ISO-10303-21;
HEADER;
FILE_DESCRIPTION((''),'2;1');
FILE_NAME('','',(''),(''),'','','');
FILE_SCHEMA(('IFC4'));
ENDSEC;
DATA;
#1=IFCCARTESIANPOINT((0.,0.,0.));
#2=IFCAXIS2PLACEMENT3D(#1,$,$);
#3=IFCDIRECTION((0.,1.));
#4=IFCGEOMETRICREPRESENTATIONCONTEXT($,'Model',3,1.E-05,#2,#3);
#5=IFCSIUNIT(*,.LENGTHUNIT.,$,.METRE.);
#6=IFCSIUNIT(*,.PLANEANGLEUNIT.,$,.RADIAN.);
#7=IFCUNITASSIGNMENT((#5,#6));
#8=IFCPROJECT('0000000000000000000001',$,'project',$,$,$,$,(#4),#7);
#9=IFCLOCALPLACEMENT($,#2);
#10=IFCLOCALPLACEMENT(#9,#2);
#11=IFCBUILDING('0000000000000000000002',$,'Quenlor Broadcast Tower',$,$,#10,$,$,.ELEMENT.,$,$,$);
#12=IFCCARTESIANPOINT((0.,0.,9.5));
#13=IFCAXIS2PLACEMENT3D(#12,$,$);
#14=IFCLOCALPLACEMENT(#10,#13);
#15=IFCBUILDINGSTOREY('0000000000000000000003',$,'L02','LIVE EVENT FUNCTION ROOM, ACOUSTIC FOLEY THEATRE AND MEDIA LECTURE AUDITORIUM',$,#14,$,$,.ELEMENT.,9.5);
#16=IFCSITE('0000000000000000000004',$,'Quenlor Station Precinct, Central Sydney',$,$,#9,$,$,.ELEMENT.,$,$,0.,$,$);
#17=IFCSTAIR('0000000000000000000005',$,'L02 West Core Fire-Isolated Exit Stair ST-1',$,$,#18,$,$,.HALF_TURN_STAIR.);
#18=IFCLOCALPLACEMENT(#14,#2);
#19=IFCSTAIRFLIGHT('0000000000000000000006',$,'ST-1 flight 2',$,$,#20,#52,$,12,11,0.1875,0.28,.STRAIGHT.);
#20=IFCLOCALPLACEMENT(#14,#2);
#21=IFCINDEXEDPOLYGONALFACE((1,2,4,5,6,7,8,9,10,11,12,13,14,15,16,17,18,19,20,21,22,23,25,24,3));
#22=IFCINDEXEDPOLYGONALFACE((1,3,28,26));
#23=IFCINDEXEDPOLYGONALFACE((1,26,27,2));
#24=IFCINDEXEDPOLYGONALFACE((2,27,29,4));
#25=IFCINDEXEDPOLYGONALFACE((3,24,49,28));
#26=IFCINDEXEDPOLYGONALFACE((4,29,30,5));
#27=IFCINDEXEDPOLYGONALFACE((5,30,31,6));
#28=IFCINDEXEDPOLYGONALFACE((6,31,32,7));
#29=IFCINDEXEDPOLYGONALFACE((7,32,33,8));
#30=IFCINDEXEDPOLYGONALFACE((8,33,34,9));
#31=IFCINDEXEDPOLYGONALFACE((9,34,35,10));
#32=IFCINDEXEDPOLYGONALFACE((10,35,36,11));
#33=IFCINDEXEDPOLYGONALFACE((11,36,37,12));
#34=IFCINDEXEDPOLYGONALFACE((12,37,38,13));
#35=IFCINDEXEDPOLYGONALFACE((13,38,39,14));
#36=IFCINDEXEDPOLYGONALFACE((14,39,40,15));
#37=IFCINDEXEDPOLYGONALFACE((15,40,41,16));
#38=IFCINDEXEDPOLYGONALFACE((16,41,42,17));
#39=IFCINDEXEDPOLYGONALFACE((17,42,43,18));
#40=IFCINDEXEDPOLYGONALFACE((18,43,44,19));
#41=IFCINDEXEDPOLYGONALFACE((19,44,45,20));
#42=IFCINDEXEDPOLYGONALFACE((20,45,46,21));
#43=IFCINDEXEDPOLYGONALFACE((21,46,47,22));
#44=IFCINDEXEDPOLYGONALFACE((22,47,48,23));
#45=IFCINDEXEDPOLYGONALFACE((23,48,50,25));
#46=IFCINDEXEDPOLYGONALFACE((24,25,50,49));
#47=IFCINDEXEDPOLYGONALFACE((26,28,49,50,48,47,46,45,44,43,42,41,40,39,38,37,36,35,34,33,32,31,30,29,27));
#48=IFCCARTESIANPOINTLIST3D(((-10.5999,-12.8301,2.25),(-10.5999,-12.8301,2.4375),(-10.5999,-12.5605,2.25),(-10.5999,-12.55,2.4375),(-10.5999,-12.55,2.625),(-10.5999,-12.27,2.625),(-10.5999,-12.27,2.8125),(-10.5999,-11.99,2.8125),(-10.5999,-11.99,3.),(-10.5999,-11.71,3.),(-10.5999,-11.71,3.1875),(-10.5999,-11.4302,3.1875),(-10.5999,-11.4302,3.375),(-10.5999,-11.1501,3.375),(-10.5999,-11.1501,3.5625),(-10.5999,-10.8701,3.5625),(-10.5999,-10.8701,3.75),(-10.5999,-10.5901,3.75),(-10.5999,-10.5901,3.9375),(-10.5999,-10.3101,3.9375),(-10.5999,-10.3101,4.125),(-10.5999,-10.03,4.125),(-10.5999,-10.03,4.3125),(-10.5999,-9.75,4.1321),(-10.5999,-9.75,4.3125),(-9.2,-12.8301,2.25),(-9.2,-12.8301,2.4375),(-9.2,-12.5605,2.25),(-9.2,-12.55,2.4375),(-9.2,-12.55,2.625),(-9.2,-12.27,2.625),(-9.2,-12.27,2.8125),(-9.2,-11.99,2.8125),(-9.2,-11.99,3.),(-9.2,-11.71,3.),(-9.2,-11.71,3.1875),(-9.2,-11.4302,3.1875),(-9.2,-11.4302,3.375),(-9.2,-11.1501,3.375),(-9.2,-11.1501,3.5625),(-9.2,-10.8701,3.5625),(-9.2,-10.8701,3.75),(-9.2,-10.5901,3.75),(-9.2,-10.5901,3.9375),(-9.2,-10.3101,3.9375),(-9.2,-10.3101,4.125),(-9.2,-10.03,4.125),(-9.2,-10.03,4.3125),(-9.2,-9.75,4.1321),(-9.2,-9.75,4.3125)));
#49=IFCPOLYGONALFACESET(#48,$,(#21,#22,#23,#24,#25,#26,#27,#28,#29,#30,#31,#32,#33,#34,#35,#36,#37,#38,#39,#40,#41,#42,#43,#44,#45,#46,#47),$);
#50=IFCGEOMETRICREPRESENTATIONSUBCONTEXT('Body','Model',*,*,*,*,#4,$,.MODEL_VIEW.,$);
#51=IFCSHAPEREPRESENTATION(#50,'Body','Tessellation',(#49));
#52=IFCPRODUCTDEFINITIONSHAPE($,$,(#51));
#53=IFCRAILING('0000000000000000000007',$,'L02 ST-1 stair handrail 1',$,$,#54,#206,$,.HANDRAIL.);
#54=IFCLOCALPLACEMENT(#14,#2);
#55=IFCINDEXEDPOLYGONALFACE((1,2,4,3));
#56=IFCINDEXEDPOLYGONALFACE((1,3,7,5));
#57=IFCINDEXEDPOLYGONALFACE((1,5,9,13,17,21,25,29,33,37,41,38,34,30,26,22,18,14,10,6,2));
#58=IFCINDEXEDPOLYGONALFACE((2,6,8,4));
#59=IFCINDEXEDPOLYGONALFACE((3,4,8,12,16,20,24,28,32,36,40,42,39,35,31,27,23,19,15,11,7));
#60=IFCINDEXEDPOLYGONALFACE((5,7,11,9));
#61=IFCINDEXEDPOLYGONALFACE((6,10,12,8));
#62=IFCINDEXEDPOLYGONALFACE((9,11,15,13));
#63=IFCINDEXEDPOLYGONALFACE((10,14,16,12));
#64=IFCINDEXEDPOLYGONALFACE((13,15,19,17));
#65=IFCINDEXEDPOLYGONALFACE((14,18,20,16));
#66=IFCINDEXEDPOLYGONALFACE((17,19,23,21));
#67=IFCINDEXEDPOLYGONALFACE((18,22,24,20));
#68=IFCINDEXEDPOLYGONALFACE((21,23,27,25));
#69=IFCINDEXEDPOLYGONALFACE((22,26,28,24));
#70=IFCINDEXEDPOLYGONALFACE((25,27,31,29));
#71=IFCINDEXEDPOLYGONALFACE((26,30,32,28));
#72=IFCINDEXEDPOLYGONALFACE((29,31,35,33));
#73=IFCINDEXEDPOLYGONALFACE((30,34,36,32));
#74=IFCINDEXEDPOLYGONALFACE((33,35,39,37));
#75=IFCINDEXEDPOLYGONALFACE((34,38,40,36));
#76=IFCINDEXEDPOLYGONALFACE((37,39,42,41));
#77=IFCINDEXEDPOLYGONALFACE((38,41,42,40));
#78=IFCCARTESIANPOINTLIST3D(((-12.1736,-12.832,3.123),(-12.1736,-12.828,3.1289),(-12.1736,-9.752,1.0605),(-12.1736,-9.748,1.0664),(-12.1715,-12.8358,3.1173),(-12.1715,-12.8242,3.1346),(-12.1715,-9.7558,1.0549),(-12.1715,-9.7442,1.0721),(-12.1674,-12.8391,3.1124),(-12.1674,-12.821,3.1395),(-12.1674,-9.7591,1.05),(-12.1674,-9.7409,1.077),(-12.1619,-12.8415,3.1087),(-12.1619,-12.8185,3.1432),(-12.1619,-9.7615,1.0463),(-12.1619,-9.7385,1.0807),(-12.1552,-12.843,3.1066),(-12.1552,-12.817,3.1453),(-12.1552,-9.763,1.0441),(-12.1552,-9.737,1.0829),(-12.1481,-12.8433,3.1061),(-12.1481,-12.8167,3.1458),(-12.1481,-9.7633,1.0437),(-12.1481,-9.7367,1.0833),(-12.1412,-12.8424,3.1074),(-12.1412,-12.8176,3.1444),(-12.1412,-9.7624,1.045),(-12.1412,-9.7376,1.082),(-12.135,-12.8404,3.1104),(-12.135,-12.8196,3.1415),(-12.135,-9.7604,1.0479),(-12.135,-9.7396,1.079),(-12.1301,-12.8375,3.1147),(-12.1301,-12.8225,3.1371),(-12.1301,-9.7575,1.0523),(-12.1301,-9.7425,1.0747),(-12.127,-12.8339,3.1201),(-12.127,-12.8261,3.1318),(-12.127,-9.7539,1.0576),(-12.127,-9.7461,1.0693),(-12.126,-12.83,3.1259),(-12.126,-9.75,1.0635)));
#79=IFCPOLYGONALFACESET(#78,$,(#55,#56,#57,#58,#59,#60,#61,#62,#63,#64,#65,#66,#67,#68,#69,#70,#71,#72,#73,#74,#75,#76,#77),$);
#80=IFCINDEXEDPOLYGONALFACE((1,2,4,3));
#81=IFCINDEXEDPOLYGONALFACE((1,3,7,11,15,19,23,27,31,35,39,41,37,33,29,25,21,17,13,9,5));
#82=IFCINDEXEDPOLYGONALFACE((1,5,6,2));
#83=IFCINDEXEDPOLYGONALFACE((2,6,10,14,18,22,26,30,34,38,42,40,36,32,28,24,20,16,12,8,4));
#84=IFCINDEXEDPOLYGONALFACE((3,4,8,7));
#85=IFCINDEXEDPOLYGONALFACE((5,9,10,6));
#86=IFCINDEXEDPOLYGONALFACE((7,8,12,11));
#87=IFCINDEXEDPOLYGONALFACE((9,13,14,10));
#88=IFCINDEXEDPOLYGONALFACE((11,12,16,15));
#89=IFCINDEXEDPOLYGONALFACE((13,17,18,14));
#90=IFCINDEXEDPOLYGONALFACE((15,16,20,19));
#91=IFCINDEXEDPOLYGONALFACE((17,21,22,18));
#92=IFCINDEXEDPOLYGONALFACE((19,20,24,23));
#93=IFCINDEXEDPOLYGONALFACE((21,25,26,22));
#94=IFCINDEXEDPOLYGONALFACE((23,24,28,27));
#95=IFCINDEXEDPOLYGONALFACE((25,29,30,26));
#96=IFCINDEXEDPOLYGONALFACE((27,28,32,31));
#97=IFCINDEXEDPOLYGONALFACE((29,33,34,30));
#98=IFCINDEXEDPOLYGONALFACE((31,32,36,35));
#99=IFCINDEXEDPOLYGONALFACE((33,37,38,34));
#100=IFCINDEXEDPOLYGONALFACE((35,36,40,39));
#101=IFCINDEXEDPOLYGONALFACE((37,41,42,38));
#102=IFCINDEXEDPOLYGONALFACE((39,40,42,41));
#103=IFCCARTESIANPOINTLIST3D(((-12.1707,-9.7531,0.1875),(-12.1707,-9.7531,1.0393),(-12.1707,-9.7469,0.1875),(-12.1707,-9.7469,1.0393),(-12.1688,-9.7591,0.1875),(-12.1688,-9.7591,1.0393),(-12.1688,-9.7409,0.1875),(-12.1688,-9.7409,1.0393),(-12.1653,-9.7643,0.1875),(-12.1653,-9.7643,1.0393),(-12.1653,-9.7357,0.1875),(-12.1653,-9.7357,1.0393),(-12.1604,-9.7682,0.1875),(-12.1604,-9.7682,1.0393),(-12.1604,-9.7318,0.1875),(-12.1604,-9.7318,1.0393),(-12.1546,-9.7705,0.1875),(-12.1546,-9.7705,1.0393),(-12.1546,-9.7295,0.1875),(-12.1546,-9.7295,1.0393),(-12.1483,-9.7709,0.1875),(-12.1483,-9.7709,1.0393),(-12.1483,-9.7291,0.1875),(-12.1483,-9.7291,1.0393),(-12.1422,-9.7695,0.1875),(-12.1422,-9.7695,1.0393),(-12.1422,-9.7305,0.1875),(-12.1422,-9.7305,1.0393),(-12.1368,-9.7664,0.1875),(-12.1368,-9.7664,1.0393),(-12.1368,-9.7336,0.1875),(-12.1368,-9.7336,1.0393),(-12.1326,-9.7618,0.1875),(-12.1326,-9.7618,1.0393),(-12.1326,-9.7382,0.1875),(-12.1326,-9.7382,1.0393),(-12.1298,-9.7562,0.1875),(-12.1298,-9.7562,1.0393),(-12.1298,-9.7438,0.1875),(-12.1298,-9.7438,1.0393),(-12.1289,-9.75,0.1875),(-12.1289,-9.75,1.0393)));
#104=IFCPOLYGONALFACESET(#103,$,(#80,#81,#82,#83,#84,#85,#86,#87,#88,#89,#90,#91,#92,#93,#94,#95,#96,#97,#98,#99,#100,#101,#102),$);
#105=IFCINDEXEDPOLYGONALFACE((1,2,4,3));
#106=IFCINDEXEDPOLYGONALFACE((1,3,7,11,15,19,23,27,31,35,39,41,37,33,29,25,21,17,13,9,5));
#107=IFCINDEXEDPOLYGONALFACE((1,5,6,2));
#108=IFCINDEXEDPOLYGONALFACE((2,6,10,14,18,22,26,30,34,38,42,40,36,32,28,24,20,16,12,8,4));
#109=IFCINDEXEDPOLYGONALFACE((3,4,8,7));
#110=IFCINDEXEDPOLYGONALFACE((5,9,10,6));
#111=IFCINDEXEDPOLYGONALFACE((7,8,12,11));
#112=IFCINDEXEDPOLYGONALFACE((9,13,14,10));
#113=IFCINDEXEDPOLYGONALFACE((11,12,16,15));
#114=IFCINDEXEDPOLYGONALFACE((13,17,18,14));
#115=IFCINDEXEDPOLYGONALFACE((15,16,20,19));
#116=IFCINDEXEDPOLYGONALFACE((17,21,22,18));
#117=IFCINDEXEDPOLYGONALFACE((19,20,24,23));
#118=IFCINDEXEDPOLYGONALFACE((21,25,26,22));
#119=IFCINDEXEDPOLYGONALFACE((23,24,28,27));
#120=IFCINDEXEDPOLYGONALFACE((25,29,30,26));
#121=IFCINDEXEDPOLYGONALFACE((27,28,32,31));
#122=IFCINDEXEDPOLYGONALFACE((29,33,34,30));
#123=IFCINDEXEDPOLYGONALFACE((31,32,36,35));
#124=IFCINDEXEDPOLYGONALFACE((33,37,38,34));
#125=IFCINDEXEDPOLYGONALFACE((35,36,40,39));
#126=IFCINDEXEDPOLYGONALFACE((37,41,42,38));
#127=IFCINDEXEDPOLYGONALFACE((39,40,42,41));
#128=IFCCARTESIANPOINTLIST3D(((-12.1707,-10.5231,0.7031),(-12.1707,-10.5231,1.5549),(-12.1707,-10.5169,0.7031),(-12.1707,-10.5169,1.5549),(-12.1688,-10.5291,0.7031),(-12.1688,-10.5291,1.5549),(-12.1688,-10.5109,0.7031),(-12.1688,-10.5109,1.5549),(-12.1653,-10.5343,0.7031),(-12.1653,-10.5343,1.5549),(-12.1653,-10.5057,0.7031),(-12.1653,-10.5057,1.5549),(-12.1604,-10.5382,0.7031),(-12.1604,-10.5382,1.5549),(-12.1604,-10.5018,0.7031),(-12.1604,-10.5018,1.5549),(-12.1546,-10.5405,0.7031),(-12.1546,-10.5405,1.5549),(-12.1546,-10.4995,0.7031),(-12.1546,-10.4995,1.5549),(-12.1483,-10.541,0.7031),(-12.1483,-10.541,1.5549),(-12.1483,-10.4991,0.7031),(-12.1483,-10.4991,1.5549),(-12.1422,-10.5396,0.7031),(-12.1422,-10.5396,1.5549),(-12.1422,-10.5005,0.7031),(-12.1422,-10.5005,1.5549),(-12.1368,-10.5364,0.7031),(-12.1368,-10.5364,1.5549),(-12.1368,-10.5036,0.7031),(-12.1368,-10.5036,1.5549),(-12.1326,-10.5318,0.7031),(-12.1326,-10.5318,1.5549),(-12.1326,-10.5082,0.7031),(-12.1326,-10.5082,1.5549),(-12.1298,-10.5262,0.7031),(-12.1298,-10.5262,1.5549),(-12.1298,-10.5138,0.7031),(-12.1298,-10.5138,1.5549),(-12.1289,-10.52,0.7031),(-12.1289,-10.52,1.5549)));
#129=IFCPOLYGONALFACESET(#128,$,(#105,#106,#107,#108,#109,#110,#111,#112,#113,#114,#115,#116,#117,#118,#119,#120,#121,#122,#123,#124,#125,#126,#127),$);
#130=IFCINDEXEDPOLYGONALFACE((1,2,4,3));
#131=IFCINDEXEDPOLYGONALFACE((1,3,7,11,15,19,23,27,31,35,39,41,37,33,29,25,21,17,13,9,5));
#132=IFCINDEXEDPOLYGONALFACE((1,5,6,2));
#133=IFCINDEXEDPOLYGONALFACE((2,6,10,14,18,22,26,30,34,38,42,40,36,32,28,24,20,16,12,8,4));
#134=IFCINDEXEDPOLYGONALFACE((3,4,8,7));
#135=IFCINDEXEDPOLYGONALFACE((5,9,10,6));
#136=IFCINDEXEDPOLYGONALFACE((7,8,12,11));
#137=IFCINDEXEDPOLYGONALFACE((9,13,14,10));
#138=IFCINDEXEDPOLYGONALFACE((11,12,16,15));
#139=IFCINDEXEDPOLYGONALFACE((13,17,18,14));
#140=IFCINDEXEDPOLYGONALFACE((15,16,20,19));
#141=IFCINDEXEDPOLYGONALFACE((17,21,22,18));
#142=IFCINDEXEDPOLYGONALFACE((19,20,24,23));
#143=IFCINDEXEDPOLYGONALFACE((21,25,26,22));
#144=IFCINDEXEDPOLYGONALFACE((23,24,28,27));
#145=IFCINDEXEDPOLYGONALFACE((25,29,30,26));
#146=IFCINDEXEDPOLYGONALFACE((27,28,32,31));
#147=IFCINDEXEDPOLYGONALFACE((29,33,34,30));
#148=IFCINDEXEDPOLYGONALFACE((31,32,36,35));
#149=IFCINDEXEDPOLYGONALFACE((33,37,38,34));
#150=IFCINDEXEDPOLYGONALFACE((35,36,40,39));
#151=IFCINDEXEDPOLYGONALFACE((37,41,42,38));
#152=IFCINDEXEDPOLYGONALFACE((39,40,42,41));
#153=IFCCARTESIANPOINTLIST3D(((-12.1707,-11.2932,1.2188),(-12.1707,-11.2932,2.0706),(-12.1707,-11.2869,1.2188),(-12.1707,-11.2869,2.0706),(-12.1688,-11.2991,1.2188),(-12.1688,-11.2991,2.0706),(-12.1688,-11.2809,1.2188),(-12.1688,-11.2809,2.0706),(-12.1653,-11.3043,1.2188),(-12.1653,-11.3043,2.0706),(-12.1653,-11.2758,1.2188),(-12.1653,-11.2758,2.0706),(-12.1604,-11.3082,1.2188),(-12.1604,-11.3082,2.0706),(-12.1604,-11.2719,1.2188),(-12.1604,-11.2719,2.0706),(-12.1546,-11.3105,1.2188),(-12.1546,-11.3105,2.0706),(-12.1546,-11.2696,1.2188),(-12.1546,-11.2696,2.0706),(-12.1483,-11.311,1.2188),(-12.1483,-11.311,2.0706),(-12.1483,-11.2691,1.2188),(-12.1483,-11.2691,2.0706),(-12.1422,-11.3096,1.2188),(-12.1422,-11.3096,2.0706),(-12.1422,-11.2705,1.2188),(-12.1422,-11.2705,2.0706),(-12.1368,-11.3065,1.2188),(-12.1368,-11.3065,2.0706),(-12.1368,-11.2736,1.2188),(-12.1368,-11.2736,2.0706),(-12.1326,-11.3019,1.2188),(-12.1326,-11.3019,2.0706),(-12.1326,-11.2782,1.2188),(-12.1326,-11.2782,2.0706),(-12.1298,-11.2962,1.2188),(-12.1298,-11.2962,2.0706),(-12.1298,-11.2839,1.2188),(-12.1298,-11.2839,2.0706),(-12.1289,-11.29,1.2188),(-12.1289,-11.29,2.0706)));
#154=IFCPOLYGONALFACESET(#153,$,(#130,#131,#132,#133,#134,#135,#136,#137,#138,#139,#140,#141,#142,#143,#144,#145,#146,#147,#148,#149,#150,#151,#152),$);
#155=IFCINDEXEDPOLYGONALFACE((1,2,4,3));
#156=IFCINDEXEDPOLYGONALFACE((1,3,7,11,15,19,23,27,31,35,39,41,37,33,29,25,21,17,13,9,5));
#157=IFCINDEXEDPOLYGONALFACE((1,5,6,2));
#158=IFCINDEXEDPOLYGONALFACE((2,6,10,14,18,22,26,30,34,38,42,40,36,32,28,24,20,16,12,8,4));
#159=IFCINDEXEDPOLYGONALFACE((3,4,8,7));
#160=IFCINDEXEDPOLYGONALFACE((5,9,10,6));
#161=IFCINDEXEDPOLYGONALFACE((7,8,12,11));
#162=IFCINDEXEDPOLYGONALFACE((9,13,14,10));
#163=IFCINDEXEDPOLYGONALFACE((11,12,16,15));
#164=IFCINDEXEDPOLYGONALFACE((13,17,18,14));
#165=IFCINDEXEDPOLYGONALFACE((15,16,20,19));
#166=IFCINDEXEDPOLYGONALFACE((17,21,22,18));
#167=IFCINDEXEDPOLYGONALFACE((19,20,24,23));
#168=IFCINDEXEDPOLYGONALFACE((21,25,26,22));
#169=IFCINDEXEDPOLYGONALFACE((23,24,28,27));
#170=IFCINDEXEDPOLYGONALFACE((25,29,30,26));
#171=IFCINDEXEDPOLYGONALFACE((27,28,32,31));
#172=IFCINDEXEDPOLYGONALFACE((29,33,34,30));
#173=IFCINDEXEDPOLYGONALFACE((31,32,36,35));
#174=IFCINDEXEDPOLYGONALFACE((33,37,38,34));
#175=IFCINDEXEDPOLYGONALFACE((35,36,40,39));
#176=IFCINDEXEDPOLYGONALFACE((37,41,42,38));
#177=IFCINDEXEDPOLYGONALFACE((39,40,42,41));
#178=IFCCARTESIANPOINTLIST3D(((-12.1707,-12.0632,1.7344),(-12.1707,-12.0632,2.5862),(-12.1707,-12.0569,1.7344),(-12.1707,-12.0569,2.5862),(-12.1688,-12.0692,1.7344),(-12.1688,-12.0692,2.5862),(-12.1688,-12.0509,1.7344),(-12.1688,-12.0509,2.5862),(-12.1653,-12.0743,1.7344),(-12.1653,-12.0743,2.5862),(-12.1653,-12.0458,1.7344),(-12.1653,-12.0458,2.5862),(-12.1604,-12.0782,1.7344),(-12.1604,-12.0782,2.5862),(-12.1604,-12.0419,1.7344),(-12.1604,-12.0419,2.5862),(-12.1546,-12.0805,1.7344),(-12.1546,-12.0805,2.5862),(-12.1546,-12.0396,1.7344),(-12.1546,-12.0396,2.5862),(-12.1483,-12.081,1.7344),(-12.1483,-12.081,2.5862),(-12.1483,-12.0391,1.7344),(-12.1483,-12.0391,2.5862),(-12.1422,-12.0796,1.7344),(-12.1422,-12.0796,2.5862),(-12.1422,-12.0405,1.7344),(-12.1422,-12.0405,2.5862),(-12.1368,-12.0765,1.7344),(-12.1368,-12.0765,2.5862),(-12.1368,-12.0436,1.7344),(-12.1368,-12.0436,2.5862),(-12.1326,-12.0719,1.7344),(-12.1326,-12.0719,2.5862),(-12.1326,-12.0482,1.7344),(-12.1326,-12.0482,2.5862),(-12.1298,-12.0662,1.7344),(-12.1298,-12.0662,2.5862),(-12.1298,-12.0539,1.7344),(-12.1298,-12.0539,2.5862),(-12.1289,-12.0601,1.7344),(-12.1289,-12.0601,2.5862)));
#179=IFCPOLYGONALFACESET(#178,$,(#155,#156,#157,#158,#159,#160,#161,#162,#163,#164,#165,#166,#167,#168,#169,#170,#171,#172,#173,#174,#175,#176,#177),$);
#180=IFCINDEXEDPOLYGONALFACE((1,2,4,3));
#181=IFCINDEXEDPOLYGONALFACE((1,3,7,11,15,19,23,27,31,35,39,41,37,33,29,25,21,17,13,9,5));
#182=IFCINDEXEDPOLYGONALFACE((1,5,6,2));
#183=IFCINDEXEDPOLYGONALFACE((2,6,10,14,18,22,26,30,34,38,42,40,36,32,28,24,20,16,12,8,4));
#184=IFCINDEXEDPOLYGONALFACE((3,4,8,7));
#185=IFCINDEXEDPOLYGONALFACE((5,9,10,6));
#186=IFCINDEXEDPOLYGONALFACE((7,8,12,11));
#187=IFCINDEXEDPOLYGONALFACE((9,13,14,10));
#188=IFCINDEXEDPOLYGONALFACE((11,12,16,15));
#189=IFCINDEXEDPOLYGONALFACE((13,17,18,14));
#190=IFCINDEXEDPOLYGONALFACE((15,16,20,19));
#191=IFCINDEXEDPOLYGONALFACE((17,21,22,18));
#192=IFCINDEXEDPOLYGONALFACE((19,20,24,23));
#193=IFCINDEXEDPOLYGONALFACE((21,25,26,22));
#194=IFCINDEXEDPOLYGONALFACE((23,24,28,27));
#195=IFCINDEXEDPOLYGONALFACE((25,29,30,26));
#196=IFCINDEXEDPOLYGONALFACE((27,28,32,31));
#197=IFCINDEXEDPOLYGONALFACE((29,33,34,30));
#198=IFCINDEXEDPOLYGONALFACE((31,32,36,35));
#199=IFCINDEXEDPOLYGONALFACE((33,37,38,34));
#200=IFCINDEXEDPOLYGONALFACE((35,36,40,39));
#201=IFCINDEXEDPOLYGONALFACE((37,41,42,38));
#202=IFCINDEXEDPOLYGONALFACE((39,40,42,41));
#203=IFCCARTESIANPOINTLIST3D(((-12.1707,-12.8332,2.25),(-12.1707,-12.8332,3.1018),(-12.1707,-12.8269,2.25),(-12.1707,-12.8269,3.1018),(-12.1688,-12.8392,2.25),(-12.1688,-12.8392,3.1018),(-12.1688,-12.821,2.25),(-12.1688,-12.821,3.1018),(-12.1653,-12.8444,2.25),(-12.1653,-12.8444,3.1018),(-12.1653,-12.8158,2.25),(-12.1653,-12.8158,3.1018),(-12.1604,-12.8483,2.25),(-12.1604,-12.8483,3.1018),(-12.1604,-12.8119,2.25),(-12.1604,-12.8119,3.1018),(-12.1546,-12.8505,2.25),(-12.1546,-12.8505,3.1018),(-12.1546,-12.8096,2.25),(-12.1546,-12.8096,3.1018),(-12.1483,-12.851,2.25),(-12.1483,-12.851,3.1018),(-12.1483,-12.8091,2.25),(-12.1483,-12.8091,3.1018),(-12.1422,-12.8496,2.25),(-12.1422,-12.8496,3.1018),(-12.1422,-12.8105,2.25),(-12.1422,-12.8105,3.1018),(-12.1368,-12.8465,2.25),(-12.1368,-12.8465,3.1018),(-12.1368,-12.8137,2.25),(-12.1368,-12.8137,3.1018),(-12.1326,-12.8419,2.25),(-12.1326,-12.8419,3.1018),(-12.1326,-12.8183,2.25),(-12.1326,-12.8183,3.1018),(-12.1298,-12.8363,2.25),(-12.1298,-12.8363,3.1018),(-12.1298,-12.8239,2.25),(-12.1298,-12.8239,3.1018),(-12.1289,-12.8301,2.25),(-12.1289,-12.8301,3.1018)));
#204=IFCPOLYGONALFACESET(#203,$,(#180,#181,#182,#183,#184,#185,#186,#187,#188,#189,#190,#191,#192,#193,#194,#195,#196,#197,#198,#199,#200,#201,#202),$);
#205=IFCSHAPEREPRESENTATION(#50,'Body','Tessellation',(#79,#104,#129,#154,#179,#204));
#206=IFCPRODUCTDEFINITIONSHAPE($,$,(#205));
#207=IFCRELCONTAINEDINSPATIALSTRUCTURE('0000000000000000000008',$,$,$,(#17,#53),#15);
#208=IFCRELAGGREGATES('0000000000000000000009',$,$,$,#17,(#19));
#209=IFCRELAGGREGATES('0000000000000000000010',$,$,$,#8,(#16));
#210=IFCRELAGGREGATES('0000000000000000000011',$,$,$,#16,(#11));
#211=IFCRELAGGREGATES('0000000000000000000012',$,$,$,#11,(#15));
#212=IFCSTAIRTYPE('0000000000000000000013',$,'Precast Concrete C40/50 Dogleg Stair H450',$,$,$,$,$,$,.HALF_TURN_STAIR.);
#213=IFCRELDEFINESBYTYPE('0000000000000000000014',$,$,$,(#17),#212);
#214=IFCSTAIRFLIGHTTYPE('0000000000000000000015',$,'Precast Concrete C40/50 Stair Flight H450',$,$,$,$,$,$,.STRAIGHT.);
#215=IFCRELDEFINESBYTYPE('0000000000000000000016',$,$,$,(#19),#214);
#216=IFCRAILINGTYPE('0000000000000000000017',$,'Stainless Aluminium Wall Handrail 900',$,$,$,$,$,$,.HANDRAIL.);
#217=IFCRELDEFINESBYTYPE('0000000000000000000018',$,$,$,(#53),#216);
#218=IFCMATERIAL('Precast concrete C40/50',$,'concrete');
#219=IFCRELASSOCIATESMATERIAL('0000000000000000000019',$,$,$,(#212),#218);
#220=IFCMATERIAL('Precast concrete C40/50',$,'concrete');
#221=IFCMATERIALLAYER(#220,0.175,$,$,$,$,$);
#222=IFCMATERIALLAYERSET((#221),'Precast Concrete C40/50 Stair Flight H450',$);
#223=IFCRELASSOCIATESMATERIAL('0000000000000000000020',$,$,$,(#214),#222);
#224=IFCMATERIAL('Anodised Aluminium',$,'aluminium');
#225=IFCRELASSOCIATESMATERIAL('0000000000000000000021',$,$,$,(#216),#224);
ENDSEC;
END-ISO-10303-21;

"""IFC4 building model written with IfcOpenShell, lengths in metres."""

from ifc_helpers import new_model, si_unit, direction, frame, origin, origin_2d, place, context, subcontext, project, spatial, polyline, circle, outline, extrude, material, layer, layer_set, type_object, element, aggregate, save


model = new_model("IFC4")

# Units and contexts
model_context = context("Model", 3, precision=1e-05, world=origin(), true_north=direction((0.0, 1.0)))
body_context = subcontext(model_context, "Body", "Model", "MODEL_VIEW")
ifc_project = project(units=[si_unit("LENGTHUNIT", "METRE"), si_unit("PLANEANGLEUNIT", "RADIAN")], contexts=[model_context])

# Site, building, storey
site_placement = place(None, origin())
site = spatial("IfcSite", under=ifc_project, at=site_placement, Name="Quenlor Station Precinct, Central Sydney", CompositionType="ELEMENT", RefElevation=0.0)
building_placement = place(site_placement, origin())
building = spatial("IfcBuilding", under=site, at=building_placement, Name="Quenlor Broadcast Tower", CompositionType="ELEMENT")
storey_placement = place(building_placement, frame((0.0, 0.0, 9.5)))
storey = spatial("IfcBuildingStorey", under=building, at=storey_placement, Name="L02", Description="LIVE EVENT FUNCTION ROOM, ACOUSTIC FOLEY THEATRE AND MEDIA LECTURE AUDITORIUM", CompositionType="ELEMENT", Elevation=9.5)

# Stair, stair flight
ifc_material_1 = material(Name="Precast concrete C40/50", Category="concrete")
stair_type = type_object("IfcStairType", Name="Precast Concrete C40/50 Dogleg Stair H450", PredefinedType="HALF_TURN_STAIR", material=ifc_material_1)
stair_placement = place(storey_placement, origin())
stair = element("IfcStair", 1, at=stair_placement, inside=storey, type_object=stair_type, Name="L02 West Core Fire-Isolated Exit Stair ST-1", PredefinedType="HALF_TURN_STAIR")
ifc_material_2 = material(Name="Precast concrete C40/50", Category="concrete")
ifc_layer_1 = layer(ifc_material_2, 0.175)
ifc_layer_set_1 = layer_set([ifc_layer_1], Name="Precast Concrete C40/50 Stair Flight H450")
stair_flight_type = type_object("IfcStairFlightType", Name="Precast Concrete C40/50 Stair Flight H450", PredefinedType="STRAIGHT", material=ifc_layer_set_1)
stair_flight_1_placement = place(storey_placement, frame((-9.8999, -12.8301, 2.25), z_axis=(0.0, 0.0, 1.0), x_axis=(0.0, 1.0, 0.0)))
stair_flight_1 = element("IfcStairFlight", 2, at=stair_flight_1_placement, type_object=stair_flight_type, Name="ST-1 flight 2", NumberOfRisers=12, NumberOfTreads=11, PredefinedType="STRAIGHT", RiserHeight=0.1875, TreadLength=0.28, context=body_context, shape_type="SweptSolid", body=[
    extrude(outline(polyline([(0.0, 0.0), (0.0, 0.1875), (0.28, 0.1875), (0.28, 0.375), (0.5601, 0.375), (0.5601, 0.5625), (0.8401, 0.5625), (0.8401, 0.75), (1.1201, 0.75), (1.1201, 0.9375), (1.3999, 0.9375), (1.3999, 1.125), (1.6799, 1.125), (1.6799, 1.3125), (1.96, 1.3125), (1.96, 1.5), (2.24, 1.5), (2.24, 1.6875), (2.52, 1.6875), (2.52, 1.875), (2.8, 1.875), (2.8, 2.0625), (3.0801, 2.0625), (3.0801, 2.25), (3.0801, 1.8821), (0.2695, 0.0), (0.0, 0.0)])), frame((0.0, 0.7, 0.0), z_axis=(0.0, -1.0, 0.0), x_axis=(1.0, 0.0, 0.0)), (0.0, 0.0, 1.0), 1.3999),
])
aggregate(stair, [stair_flight_1])

# Railing
ifc_material_3 = material(Name="Anodised Aluminium", Category="aluminium")
railing_type_1 = type_object("IfcRailingType", Name="Stainless Aluminium Wall Handrail 900", PredefinedType="HANDRAIL", material=ifc_material_3)
railing_1_placement = place(storey_placement, frame((-12.1499, -9.75, 0.1875)))
element("IfcRailing", 3, at=railing_1_placement, inside=storey, type_object=railing_type_1, Name="L02 ST-1 stair handrail 1", PredefinedType="HANDRAIL", context=body_context, shape_type="SweptSolid", body=[
    extrude(circle(Radius=0.0239, at=origin_2d()), frame((0.0, 0.0, 0.876), z_axis=(0.0, -0.830914, 0.556401), x_axis=(1.0, 0.0, 0.0)), (0.0, 0.0, 1.0), 3.7068),
    extrude(circle(Radius=0.021, at=origin_2d()), origin(), (0.0, 0.0, 1.0), 0.8518),
    extrude(circle(Radius=0.021, at=origin_2d()), frame((0.0, -0.77, 0.5156)), (0.0, 0.0, 1.0), 0.8518),
    extrude(circle(Radius=0.021, at=origin_2d()), frame((0.0, -1.54, 1.0312)), (0.0, 0.0, 1.0), 0.8518),
    extrude(circle(Radius=0.021, at=origin_2d()), frame((0.0, -2.3101, 1.5469)), (0.0, 0.0, 1.0), 0.8518),
    extrude(circle(Radius=0.021, at=origin_2d()), frame((0.0, -3.0801, 2.0625)), (0.0, 0.0, 1.0), 0.8518),
])

save(model, "model.ifc")
